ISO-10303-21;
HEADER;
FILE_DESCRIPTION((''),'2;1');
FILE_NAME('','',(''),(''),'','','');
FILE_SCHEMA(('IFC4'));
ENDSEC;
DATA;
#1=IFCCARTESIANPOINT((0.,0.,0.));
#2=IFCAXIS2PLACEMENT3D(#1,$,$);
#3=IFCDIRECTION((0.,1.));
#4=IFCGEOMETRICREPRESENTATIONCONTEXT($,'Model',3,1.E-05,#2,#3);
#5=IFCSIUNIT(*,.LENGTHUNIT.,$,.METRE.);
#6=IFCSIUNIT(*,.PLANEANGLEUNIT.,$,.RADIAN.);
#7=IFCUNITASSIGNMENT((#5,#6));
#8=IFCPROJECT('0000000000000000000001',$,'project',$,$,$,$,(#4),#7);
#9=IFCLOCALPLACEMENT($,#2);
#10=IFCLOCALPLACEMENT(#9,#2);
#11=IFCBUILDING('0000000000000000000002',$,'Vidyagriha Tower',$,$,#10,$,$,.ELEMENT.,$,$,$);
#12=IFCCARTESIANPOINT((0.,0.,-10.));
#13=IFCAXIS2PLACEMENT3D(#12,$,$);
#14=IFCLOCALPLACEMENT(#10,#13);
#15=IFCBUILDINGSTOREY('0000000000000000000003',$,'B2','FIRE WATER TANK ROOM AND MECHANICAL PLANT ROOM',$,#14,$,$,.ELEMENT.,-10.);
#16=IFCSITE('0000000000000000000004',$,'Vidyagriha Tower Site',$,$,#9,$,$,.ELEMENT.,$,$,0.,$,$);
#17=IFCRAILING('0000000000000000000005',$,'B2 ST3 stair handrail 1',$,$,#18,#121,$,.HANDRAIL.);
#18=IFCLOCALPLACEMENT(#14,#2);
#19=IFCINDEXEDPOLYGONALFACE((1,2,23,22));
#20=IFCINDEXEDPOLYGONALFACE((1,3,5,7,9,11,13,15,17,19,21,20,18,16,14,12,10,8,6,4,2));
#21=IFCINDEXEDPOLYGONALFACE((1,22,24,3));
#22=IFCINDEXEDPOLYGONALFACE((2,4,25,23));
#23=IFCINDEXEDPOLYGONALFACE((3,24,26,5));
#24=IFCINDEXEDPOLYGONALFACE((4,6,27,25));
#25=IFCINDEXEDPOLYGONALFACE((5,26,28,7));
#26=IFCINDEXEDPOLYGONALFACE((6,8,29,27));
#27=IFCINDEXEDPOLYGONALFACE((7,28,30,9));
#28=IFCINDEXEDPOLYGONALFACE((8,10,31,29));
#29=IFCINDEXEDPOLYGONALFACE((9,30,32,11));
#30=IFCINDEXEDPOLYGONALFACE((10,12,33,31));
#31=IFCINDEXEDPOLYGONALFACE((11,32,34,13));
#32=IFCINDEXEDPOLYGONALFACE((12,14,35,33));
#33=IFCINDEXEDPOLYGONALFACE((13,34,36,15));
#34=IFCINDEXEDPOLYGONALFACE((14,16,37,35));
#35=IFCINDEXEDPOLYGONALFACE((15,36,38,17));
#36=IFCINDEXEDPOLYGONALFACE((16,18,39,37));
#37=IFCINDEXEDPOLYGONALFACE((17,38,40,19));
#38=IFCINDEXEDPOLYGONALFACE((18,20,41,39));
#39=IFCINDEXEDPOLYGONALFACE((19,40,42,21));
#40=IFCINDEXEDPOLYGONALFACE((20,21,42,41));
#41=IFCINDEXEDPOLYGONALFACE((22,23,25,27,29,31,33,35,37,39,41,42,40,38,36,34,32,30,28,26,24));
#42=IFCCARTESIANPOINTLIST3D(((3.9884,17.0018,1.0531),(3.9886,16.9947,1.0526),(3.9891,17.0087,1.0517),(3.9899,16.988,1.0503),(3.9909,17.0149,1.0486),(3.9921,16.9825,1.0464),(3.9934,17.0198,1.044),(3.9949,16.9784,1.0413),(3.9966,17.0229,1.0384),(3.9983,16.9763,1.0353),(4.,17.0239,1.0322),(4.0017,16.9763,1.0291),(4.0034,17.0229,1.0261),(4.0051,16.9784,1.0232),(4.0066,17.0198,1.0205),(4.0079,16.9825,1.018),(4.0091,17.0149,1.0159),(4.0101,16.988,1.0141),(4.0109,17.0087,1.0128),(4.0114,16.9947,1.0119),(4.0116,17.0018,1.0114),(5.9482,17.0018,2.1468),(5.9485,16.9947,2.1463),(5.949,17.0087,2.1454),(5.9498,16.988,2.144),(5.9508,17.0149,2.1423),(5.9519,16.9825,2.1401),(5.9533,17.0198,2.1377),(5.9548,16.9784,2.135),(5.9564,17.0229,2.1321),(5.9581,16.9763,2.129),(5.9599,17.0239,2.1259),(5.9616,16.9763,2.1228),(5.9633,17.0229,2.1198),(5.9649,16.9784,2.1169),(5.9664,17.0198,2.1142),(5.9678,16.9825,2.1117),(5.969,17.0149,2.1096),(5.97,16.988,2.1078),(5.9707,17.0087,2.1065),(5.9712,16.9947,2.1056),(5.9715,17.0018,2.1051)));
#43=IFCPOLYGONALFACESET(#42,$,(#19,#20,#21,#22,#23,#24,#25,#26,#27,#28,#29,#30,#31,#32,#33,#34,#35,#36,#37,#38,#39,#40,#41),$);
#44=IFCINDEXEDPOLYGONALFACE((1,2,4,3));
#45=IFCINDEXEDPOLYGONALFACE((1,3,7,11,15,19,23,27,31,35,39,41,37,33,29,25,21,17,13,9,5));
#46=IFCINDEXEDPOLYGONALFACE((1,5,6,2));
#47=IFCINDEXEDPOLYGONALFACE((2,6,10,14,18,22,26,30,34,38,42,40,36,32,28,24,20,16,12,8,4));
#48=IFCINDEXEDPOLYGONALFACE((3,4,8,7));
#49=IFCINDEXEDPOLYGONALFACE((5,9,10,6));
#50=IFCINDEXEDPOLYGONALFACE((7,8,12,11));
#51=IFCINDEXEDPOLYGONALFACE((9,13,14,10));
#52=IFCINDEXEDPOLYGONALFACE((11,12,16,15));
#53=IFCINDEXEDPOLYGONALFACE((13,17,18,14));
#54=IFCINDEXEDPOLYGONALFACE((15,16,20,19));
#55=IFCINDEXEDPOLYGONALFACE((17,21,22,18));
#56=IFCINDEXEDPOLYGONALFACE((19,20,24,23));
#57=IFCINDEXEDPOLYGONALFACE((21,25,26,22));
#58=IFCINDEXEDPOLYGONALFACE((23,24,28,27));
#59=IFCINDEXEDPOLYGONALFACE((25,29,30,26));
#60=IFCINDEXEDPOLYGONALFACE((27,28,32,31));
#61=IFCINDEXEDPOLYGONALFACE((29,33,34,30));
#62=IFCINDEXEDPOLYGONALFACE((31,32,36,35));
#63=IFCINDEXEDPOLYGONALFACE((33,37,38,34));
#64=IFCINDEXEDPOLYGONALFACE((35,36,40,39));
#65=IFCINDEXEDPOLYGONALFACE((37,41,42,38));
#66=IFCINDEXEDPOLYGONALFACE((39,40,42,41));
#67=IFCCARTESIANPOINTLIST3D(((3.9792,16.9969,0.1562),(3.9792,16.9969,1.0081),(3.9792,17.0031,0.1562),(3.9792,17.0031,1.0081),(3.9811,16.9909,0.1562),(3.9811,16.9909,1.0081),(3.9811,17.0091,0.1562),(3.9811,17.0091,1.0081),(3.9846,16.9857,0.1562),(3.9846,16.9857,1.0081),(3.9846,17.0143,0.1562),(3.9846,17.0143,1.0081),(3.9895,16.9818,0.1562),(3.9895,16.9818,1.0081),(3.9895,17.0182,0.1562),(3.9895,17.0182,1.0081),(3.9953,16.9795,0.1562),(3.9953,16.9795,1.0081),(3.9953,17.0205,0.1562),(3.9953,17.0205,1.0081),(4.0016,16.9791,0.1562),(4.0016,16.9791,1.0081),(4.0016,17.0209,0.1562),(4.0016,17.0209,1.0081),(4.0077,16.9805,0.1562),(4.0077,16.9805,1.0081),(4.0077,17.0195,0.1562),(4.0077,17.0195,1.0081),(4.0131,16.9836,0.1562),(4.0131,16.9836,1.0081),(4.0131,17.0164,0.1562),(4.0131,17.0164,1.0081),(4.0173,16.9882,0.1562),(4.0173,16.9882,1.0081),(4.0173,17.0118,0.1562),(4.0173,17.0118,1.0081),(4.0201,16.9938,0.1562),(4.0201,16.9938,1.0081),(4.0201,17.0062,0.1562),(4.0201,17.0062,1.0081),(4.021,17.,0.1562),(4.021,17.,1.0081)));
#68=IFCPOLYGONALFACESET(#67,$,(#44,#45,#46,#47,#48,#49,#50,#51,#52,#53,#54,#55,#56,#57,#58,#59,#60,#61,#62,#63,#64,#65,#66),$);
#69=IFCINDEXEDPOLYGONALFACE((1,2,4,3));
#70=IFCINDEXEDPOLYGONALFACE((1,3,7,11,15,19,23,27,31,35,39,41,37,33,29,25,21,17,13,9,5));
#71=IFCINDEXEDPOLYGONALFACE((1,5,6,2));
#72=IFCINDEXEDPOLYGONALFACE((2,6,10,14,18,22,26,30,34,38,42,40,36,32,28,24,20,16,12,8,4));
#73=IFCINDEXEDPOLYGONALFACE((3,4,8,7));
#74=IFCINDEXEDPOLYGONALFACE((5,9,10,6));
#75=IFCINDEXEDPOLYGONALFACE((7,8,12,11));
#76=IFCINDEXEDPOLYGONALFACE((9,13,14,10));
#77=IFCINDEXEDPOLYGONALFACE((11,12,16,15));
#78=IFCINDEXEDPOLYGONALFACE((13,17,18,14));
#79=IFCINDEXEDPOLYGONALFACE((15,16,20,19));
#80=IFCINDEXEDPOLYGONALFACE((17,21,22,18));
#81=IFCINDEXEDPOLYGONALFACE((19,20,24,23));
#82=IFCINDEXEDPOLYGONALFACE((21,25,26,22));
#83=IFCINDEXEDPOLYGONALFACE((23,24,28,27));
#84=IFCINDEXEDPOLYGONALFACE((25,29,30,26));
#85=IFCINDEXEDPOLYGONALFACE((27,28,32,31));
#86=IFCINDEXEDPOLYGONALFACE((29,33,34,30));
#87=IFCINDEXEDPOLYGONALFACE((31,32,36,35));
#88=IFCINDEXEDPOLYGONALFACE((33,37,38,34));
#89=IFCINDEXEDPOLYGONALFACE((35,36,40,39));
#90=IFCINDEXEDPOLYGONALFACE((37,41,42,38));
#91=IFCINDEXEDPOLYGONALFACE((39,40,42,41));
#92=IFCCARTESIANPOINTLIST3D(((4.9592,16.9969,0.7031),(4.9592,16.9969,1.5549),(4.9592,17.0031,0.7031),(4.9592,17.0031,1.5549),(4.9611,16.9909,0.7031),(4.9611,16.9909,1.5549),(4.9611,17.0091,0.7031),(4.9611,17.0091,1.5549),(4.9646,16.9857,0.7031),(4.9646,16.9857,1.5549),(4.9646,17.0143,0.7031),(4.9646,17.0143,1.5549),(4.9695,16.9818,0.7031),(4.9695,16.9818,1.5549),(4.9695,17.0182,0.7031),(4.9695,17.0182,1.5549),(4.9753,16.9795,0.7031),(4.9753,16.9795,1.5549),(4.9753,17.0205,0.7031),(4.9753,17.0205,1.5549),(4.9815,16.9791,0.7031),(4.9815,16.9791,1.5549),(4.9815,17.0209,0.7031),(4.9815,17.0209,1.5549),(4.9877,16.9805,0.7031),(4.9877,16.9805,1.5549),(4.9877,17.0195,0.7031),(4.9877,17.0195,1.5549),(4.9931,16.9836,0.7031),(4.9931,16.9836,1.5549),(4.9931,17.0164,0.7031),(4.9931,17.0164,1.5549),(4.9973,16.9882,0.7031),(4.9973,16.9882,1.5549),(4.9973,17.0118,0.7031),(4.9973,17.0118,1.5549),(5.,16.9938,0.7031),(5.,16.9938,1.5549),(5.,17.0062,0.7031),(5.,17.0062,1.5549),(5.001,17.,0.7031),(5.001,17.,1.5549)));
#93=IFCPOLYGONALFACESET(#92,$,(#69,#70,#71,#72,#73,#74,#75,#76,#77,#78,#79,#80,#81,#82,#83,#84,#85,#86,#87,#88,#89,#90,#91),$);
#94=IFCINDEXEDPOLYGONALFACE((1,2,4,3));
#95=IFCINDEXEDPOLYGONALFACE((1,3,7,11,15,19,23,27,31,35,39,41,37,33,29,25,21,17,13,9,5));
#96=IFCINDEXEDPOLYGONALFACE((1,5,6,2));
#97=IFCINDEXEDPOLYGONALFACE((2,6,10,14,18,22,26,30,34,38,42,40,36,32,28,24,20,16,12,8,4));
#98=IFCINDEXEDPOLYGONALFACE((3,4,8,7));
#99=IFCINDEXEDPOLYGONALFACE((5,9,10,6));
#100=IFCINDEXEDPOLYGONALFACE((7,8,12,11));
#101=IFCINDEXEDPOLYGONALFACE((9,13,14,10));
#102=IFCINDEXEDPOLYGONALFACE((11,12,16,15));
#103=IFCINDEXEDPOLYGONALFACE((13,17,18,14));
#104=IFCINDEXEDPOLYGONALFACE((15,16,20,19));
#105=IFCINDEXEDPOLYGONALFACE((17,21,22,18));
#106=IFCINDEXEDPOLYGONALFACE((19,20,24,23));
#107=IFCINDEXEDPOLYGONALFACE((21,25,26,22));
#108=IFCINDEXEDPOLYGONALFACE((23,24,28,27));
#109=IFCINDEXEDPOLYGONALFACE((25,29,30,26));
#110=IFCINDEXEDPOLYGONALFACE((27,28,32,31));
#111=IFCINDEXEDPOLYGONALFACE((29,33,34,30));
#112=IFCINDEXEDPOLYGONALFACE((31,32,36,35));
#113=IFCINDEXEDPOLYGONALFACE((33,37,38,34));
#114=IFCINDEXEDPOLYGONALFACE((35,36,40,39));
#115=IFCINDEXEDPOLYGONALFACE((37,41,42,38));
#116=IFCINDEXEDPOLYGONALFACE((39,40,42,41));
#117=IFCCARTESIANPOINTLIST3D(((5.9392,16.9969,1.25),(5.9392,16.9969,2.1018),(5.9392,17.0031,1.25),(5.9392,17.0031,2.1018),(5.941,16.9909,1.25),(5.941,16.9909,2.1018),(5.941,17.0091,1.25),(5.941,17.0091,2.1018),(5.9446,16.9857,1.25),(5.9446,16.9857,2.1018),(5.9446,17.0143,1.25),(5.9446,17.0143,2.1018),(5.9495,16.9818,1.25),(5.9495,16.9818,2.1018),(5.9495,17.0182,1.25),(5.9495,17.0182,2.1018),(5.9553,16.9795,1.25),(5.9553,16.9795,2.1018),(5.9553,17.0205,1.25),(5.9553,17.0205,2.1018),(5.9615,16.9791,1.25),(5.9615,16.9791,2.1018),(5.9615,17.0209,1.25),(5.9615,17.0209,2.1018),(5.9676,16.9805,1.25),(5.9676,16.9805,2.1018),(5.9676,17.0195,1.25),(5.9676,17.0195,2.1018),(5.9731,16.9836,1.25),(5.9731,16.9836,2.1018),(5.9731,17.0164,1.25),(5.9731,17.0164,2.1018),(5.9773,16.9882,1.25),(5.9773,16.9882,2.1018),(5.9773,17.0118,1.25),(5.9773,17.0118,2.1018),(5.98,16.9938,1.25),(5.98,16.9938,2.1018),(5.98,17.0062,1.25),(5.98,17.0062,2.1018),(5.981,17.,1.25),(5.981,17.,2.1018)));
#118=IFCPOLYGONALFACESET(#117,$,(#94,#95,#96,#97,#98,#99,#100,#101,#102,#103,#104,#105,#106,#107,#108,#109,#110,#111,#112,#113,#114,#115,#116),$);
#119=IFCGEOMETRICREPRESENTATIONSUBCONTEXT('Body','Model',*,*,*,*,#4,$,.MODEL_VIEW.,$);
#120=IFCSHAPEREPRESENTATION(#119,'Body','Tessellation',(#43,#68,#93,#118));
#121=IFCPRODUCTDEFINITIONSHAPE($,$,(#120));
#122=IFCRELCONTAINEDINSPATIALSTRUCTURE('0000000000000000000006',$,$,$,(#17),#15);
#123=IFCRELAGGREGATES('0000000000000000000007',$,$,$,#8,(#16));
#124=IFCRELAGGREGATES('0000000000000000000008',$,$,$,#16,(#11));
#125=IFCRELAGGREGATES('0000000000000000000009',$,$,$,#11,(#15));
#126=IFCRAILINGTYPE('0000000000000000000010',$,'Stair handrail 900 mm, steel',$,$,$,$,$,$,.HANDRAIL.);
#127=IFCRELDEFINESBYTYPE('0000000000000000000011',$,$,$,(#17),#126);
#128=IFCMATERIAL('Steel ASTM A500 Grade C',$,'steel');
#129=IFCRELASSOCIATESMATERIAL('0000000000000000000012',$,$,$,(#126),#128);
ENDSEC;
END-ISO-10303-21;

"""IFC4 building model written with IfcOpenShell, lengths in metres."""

from ifc_helpers import new_model, si_unit, direction, frame, origin, origin_2d, place, context, subcontext, project, spatial, circle, extrude, material, type_object, element, save


model = new_model("IFC4")

# Units and contexts
model_context = context("Model", 3, precision=1e-05, world=origin(), true_north=direction((0.0, 1.0)))
body_context = subcontext(model_context, "Body", "Model", "MODEL_VIEW")
ifc_project = project(units=[si_unit("LENGTHUNIT", "METRE"), si_unit("PLANEANGLEUNIT", "RADIAN")], contexts=[model_context])

# Site, building, storey
site_placement = place(None, origin())
site = spatial("IfcSite", under=ifc_project, at=site_placement, Name="Vidyagriha Tower Site", CompositionType="ELEMENT", RefElevation=0.0)
building_placement = place(site_placement, origin())
building = spatial("IfcBuilding", under=site, at=building_placement, Name="Vidyagriha Tower", CompositionType="ELEMENT")
storey_placement = place(building_placement, frame((0.0, 0.0, -10.0)))
storey = spatial("IfcBuildingStorey", under=building, at=storey_placement, Name="B2", Description="FIRE WATER TANK ROOM AND MECHANICAL PLANT ROOM", CompositionType="ELEMENT", Elevation=-10.0)

# Railing
ifc_material_1 = material(Name="Steel ASTM A500 Grade C", Category="steel")
railing_type_1 = type_object("IfcRailingType", Name="Stair handrail 900 mm, steel", PredefinedType="HANDRAIL", material=ifc_material_1)
railing_1_placement = place(storey_placement, frame((4.0, 17.0, 0.1562)))
element("IfcRailing", 1, at=railing_1_placement, inside=storey, type_object=railing_type_1, Name="B2 ST3 stair handrail 1", PredefinedType="HANDRAIL", context=body_context, shape_type="SweptSolid", body=[
    extrude(circle(Radius=0.0239, at=origin_2d()), frame((0.0, 0.0, 0.876), z_axis=(0.873232, 0.0, 0.487304), x_axis=(0.0, 1.0, 0.0)), (0.0, 0.0, 1.0), 2.2444),
    extrude(circle(Radius=0.021, at=origin_2d()), origin(), (0.0, 0.0, 1.0), 0.8518),
    extrude(circle(Radius=0.021, at=origin_2d()), frame((0.98, 0.0, 0.5469)), (0.0, 0.0, 1.0), 0.8518),
    extrude(circle(Radius=0.021, at=origin_2d()), frame((1.96, 0.0, 1.0938)), (0.0, 0.0, 1.0), 0.8518),
])

save(model, "model.ifc")
